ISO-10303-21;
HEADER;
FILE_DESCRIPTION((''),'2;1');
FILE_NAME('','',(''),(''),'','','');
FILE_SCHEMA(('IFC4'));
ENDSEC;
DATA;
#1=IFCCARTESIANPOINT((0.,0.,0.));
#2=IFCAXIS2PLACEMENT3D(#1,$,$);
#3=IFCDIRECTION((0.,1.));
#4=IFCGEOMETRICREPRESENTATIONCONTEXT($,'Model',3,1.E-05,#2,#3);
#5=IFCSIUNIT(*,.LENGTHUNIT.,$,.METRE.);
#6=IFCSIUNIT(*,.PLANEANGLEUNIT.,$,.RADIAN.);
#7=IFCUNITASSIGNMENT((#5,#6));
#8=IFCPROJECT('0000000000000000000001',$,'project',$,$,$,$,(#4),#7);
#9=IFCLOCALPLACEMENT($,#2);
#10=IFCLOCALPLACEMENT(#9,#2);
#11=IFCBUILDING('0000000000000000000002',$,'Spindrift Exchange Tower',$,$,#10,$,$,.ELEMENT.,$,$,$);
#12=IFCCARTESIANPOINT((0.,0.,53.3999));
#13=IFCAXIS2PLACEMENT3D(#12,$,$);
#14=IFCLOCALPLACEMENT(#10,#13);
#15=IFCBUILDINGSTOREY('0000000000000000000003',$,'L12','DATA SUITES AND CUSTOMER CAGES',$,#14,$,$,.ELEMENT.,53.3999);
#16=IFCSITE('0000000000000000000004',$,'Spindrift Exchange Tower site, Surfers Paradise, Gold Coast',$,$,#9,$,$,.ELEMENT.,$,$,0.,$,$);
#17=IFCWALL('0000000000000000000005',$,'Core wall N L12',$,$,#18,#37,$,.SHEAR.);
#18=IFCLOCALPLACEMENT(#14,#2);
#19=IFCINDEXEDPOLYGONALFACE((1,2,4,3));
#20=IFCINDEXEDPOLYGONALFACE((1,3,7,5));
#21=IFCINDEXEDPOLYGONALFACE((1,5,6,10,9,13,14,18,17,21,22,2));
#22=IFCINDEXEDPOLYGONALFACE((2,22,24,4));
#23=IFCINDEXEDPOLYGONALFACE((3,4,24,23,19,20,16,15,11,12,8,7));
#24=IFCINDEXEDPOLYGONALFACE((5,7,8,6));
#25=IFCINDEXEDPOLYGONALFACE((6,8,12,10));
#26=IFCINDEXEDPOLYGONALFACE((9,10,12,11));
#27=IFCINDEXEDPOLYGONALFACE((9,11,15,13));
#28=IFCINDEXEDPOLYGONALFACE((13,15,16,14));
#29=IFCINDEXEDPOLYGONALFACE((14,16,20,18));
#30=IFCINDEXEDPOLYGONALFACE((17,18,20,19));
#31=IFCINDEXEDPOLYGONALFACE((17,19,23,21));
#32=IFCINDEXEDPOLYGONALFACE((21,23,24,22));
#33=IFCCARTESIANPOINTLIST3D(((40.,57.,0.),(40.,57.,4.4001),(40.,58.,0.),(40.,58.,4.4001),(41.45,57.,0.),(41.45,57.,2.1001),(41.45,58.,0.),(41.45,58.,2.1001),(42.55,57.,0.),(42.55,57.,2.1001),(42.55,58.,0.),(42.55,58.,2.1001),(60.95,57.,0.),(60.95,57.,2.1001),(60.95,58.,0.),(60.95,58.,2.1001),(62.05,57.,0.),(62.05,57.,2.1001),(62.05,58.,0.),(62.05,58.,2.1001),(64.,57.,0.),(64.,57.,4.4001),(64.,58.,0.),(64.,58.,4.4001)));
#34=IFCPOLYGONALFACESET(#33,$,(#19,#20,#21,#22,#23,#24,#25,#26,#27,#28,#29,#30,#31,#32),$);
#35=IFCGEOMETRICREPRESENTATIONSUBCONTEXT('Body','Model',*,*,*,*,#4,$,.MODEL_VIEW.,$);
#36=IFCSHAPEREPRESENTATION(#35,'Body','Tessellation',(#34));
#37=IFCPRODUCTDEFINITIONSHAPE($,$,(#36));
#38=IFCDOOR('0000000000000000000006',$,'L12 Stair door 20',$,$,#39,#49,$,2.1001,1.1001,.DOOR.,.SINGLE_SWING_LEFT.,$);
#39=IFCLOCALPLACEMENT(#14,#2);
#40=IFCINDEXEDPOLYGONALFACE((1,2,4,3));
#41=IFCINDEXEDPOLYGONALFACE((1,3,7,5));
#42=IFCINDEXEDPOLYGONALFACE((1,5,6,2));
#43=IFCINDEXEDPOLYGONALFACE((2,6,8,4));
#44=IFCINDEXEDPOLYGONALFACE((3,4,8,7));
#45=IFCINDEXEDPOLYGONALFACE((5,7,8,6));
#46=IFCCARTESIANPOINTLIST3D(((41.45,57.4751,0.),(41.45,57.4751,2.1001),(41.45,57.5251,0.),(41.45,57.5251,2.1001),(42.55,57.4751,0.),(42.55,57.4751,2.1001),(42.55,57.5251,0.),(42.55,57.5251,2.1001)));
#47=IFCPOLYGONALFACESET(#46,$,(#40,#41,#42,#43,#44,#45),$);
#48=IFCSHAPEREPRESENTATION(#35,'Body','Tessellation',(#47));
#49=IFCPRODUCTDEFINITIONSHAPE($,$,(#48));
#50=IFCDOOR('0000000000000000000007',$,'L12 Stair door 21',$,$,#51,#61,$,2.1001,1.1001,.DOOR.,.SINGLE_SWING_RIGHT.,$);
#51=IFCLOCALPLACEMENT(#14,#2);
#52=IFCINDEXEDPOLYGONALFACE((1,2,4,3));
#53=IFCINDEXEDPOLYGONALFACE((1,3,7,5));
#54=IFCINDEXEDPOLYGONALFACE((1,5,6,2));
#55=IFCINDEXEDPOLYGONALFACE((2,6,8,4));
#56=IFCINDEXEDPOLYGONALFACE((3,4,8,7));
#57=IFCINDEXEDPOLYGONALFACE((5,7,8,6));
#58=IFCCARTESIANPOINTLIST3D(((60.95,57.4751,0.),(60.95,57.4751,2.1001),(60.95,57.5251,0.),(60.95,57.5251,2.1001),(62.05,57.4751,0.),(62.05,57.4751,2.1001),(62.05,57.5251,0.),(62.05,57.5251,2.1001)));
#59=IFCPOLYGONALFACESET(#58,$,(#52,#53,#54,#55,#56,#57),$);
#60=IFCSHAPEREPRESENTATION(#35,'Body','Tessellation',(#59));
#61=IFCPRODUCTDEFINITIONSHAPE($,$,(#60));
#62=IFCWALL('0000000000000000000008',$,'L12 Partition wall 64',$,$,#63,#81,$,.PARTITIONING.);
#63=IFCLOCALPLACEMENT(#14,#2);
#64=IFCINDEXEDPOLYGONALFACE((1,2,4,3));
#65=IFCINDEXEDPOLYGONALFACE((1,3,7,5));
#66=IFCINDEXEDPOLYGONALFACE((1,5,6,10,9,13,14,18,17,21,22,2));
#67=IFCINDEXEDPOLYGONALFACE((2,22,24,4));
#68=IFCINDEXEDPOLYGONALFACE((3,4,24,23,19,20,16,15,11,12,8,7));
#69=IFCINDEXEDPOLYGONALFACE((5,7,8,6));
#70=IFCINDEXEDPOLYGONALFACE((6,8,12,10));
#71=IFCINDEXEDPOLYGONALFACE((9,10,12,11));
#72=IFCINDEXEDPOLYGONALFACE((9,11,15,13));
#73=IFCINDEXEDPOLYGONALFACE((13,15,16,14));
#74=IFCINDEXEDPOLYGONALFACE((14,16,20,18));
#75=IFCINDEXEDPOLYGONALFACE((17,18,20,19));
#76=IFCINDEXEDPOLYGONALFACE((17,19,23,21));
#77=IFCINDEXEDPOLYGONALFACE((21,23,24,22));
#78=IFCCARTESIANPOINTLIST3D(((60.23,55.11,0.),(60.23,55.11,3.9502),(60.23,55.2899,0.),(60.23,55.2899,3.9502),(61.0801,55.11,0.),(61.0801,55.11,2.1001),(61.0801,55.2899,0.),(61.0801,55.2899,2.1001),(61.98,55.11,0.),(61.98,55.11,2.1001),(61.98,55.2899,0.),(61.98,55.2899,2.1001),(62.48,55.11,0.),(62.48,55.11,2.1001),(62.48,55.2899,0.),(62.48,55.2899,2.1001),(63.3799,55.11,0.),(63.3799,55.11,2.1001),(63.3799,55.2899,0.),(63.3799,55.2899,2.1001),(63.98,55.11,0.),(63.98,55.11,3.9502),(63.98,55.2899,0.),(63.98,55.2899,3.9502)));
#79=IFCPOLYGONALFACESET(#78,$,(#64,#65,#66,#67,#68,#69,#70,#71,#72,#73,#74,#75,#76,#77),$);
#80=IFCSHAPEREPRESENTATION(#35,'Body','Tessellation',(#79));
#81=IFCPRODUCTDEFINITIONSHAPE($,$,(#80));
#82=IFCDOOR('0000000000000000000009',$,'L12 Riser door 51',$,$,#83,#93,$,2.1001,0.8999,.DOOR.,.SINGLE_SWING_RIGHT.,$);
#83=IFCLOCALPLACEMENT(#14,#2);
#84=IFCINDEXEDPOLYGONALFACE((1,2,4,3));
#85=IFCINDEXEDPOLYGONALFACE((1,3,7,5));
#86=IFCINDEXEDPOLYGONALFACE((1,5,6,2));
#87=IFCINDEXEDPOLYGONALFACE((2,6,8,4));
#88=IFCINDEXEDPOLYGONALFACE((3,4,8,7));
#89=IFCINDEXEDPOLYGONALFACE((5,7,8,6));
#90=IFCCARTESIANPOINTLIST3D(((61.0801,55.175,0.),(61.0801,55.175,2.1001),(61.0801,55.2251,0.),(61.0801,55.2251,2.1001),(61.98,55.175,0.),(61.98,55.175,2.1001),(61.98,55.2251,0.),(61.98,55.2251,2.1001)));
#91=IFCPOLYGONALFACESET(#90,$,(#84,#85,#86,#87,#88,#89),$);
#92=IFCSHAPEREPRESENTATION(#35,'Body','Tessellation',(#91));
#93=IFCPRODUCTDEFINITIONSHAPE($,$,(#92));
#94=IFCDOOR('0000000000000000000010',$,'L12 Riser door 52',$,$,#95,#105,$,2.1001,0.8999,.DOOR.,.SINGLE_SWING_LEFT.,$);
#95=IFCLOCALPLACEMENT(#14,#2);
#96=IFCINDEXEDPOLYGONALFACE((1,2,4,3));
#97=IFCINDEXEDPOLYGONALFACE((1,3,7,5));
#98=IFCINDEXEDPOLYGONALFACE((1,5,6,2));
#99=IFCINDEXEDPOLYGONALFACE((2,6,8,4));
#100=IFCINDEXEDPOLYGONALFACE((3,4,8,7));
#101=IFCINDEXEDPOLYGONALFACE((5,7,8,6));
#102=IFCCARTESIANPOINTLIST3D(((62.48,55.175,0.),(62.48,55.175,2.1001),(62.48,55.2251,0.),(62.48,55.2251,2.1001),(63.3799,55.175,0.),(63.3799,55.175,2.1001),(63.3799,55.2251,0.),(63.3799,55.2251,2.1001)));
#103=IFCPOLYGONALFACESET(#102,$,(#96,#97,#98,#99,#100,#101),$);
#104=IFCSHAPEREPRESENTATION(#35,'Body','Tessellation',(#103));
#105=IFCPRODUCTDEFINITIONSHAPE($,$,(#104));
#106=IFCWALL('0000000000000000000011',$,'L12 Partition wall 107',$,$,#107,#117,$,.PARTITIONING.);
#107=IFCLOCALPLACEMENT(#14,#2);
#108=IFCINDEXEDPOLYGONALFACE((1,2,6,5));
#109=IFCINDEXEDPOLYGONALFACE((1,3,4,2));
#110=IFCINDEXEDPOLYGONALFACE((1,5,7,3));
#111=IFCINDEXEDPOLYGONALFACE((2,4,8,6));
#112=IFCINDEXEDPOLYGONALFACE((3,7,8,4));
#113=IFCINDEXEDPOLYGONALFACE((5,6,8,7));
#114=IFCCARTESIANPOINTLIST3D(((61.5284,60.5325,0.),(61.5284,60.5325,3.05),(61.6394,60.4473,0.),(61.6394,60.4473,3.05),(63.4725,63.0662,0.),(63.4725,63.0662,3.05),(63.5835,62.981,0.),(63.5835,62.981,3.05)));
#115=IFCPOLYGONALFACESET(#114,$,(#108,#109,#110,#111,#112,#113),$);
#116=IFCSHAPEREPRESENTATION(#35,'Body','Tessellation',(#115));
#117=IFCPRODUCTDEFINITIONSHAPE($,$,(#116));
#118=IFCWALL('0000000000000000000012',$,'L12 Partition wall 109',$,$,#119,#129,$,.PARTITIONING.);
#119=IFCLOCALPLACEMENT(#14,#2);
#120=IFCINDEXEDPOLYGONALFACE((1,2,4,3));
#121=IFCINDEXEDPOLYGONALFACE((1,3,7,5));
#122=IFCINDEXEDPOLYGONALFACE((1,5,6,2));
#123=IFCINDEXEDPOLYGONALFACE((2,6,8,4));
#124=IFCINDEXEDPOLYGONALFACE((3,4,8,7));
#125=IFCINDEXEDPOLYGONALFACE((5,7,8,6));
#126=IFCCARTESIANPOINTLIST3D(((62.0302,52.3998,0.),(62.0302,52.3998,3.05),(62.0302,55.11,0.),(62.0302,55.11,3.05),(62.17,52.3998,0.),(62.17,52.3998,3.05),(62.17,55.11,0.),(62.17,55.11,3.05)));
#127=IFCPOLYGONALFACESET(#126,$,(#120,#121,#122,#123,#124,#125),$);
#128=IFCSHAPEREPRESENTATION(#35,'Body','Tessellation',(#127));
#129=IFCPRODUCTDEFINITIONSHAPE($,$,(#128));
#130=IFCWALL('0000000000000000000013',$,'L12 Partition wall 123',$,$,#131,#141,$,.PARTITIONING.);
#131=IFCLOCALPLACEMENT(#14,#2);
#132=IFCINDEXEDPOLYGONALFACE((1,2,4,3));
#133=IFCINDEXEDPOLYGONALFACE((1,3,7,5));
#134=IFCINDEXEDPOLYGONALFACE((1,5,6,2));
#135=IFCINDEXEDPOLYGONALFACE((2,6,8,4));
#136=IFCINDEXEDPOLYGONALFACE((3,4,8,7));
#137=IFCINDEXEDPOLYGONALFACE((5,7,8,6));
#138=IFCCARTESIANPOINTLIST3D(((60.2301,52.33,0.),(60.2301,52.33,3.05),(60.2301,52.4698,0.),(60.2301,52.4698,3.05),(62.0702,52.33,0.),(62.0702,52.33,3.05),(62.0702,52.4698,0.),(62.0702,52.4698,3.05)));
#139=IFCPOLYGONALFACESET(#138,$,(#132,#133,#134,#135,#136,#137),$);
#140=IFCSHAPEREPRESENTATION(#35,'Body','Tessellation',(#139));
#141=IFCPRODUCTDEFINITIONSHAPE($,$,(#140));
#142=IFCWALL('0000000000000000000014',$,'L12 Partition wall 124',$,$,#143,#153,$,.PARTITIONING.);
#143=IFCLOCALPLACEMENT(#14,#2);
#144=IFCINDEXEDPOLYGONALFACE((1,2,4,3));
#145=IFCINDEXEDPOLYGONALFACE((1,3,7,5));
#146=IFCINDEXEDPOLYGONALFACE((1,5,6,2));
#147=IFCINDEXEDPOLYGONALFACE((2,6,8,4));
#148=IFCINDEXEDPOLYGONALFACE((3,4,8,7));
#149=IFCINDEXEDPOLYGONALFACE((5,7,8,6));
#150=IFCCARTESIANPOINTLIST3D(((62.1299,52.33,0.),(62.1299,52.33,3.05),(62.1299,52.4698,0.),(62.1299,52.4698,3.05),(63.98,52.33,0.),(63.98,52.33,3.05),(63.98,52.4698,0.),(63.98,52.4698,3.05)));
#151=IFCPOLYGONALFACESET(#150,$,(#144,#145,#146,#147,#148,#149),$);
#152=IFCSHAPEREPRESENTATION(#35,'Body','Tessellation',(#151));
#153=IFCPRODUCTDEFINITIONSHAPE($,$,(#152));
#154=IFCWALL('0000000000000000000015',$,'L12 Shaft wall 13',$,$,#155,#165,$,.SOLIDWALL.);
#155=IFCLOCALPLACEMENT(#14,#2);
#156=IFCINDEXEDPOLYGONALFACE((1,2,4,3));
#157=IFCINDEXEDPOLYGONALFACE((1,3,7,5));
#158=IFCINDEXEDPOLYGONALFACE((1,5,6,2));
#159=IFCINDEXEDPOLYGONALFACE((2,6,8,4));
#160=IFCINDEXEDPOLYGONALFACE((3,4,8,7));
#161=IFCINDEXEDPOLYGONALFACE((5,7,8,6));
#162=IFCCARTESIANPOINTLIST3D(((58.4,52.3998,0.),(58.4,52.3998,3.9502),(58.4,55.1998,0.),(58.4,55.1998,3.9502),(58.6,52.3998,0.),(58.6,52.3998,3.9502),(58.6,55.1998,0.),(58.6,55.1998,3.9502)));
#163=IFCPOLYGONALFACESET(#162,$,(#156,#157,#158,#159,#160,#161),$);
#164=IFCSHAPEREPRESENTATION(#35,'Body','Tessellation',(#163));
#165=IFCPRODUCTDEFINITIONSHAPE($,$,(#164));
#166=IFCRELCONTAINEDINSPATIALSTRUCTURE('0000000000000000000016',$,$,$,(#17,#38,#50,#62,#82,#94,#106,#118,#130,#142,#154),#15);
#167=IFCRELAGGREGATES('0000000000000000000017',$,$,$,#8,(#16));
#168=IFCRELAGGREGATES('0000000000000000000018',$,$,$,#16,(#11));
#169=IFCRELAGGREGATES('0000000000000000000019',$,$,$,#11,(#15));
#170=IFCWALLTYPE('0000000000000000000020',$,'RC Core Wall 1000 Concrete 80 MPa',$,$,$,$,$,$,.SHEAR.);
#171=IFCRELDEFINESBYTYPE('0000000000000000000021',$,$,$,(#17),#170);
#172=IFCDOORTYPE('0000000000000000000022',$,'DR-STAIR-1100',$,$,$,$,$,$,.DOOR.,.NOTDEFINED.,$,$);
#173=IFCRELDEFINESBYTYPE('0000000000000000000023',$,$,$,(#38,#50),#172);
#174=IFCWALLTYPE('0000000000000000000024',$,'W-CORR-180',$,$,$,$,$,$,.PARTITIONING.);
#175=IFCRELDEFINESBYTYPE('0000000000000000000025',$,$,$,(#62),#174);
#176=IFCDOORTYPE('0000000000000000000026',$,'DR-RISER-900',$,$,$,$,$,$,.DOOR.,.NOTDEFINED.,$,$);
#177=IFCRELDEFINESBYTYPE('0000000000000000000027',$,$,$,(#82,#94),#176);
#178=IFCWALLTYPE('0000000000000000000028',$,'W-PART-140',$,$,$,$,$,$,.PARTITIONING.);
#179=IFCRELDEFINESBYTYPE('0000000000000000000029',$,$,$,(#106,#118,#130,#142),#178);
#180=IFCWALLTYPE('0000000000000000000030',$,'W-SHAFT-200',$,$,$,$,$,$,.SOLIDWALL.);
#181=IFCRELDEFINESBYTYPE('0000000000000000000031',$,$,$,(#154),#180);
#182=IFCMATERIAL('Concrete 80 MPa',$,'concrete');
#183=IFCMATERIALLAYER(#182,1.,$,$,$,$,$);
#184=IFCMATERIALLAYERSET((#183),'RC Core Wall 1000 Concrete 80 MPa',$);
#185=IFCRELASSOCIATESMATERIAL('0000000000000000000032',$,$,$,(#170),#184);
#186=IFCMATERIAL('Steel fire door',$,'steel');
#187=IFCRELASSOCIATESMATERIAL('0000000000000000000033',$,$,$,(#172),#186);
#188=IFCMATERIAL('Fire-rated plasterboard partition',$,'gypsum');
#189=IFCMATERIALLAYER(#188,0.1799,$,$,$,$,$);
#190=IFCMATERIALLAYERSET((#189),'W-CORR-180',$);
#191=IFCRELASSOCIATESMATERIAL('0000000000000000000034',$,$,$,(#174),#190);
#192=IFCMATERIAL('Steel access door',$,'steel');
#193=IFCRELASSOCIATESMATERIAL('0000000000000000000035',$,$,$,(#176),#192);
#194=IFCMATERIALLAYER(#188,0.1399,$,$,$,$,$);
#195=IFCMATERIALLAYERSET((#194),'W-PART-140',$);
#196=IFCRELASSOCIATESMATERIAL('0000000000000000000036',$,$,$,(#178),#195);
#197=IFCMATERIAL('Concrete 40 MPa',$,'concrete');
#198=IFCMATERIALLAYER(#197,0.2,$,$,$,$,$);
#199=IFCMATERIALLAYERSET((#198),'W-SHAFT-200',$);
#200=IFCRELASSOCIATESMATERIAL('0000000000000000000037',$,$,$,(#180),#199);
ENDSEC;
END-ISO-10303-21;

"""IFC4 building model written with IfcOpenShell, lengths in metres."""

from ifc_helpers import new_model, si_unit, direction, frame, frame_2d, origin, place, context, subcontext, project, spatial, rectangle, extrude, source, transform, mapped, material, layer, layer_set, type_object, element, fill, save


model = new_model("IFC4")

# Units and contexts
model_context = context("Model", 3, precision=1e-05, world=origin(), true_north=direction((0.0, 1.0)))
body_context = subcontext(model_context, "Body", "Model", "MODEL_VIEW")
ifc_project = project(units=[si_unit("LENGTHUNIT", "METRE"), si_unit("PLANEANGLEUNIT", "RADIAN")], contexts=[model_context])

# Site, building, storey
site_placement = place(None, origin())
site = spatial("IfcSite", under=ifc_project, at=site_placement, Name="Spindrift Exchange Tower site, Surfers Paradise, Gold Coast", CompositionType="ELEMENT", RefElevation=0.0)
building_placement = place(site_placement, origin())
building = spatial("IfcBuilding", under=site, at=building_placement, Name="Spindrift Exchange Tower", CompositionType="ELEMENT")
storey_placement = place(building_placement, frame((0.0, 0.0, 53.3999)))
storey = spatial("IfcBuildingStorey", under=building, at=storey_placement, Name="L12", Description="DATA SUITES AND CUSTOMER CAGES", CompositionType="ELEMENT", Elevation=53.3999)

# Walls, openings, doors
ifc_material_1 = material(Name="Concrete 80 MPa", Category="concrete")
ifc_layer_1 = layer(ifc_material_1, 1.0)
ifc_layer_set_1 = layer_set([ifc_layer_1], Name="RC Core Wall 1000 Concrete 80 MPa")
wall_type_1 = type_object("IfcWallType", Name="RC Core Wall 1000 Concrete 80 MPa", PredefinedType="SHEAR", material=ifc_layer_set_1)
wall_1_placement = place(storey_placement, frame((64.0, 57.5, 0.0), z_axis=(0.0, 0.0, 1.0), x_axis=(-1.0, 0.0, 0.0)))
wall_1 = element("IfcWall", 1, at=wall_1_placement, inside=storey, type_object=wall_type_1, Name="Core wall N L12", PredefinedType="SHEAR", context=body_context, shape_type="SweptSolid", body=[
    extrude(rectangle(XDim=24.0, YDim=1.0, at=frame_2d((12.0, 0.0))), origin(), (0.0, 0.0, 1.0), 4.4001),
])
opening_1_placement = place(wall_1_placement, frame((21.45, 0.0, 0.0)))
opening_1 = element("IfcOpeningElement", 2, at=opening_1_placement, cuts=wall_1, PredefinedType="OPENING", context=body_context, shape_type="SweptSolid", body=[
    extrude(rectangle(XDim=1.1001, YDim=2.1001, at=frame_2d((0.55, 1.05))), frame((0.0, 0.51, 0.0), z_axis=(0.0, -1.0, 0.0), x_axis=(1.0, 0.0, 0.0)), (0.0, 0.0, 1.0), 1.02),
])
opening_2_placement = place(wall_1_placement, frame((1.95, 0.0, 0.0)))
opening_2 = element("IfcOpeningElement", 3, at=opening_2_placement, cuts=wall_1, PredefinedType="OPENING", context=body_context, shape_type="SweptSolid", body=[
    extrude(rectangle(XDim=1.1001, YDim=2.1001, at=frame_2d((0.55, 1.05))), frame((0.0, 0.51, 0.0), z_axis=(0.0, -1.0, 0.0), x_axis=(1.0, 0.0, 0.0)), (0.0, 0.0, 1.0), 1.02),
])
ifc_material_2 = material(Name="Steel fire door", Category="steel")
door_type_1 = type_object("IfcDoorType", Name="DR-STAIR-1100", OperationType="NOTDEFINED", PredefinedType="DOOR", material=ifc_material_2)
shared_shape_1 = source(origin(), body_context, "Body", "SweptSolid", [
    extrude(rectangle(XDim=1.1001, YDim=2.1001, at=frame_2d((0.55, 1.05))), frame((0.0, 0.0249, 0.0), z_axis=(0.0, -1.0, 0.0), x_axis=(1.0, 0.0, 0.0)), (0.0, 0.0, 1.0), 0.05),
])
door_1_placement = place(opening_1_placement, origin())
door_1 = element("IfcDoor", 4, at=door_1_placement, inside=storey, type_object=door_type_1, Name="L12 Stair door 20", OperationType="SINGLE_SWING_LEFT", OverallHeight=2.1001, OverallWidth=1.1001, PredefinedType="DOOR", context=body_context, shape_type="MappedRepresentation", body=[
    mapped(shared_shape_1, transform((0.0, 0.0, 0.0), scale=1.0)),
])
fill(opening_1, door_1)
door_2_placement = place(opening_2_placement, origin())
door_2 = element("IfcDoor", 5, at=door_2_placement, inside=storey, type_object=door_type_1, Name="L12 Stair door 21", OperationType="SINGLE_SWING_RIGHT", OverallHeight=2.1001, OverallWidth=1.1001, PredefinedType="DOOR", context=body_context, shape_type="MappedRepresentation", body=[
    mapped(shared_shape_1, transform((0.0, 0.0, 0.0), scale=1.0)),
])
fill(opening_2, door_2)
ifc_material_3 = material(Name="Fire-rated plasterboard partition", Category="gypsum")
ifc_layer_2 = layer(ifc_material_3, 0.1799)
ifc_layer_set_2 = layer_set([ifc_layer_2], Name="W-CORR-180")
wall_type_2 = type_object("IfcWallType", Name="W-CORR-180", PredefinedType="PARTITIONING", material=ifc_layer_set_2)
wall_2_placement = place(storey_placement, frame((63.98, 55.2, 0.0), z_axis=(0.0, 0.0, 1.0), x_axis=(-1.0, 0.0, 0.0)))
wall_2 = element("IfcWall", 6, at=wall_2_placement, inside=storey, type_object=wall_type_2, Name="L12 Partition wall 64", PredefinedType="PARTITIONING", context=body_context, shape_type="SweptSolid", body=[
    extrude(rectangle(XDim=3.75, YDim=0.1799, at=frame_2d((1.875, 0.0))), origin(), (0.0, 0.0, 1.0), 3.9502),
])
opening_3_placement = place(wall_2_placement, frame((2.0, 0.0, 0.0)))
opening_3 = element("IfcOpeningElement", 7, at=opening_3_placement, cuts=wall_2, PredefinedType="OPENING", context=body_context, shape_type="SweptSolid", body=[
    extrude(rectangle(XDim=0.8999, YDim=2.1001, at=frame_2d((0.45, 1.05))), frame((0.0, 0.0999, 0.0), z_axis=(0.0, -1.0, 0.0), x_axis=(1.0, 0.0, 0.0)), (0.0, 0.0, 1.0), 0.2),
])
opening_4_placement = place(wall_2_placement, frame((0.6001, 0.0, 0.0)))
opening_4 = element("IfcOpeningElement", 8, at=opening_4_placement, cuts=wall_2, PredefinedType="OPENING", context=body_context, shape_type="SweptSolid", body=[
    extrude(rectangle(XDim=0.8999, YDim=2.1001, at=frame_2d((0.45, 1.05))), frame((0.0, 0.0999, 0.0), z_axis=(0.0, -1.0, 0.0), x_axis=(1.0, 0.0, 0.0)), (0.0, 0.0, 1.0), 0.2),
])
ifc_material_4 = material(Name="Steel access door", Category="steel")
door_type_2 = type_object("IfcDoorType", Name="DR-RISER-900", OperationType="NOTDEFINED", PredefinedType="DOOR", material=ifc_material_4)
shared_shape_2 = source(origin(), body_context, "Body", "SweptSolid", [
    extrude(rectangle(XDim=0.8999, YDim=2.1001, at=frame_2d((0.45, 1.05))), frame((0.0, 0.0249, 0.0), z_axis=(0.0, -1.0, 0.0), x_axis=(1.0, 0.0, 0.0)), (0.0, 0.0, 1.0), 0.05),
])
door_3_placement = place(opening_3_placement, origin())
door_3 = element("IfcDoor", 9, at=door_3_placement, inside=storey, type_object=door_type_2, Name="L12 Riser door 51", OperationType="SINGLE_SWING_RIGHT", OverallHeight=2.1001, OverallWidth=0.8999, PredefinedType="DOOR", context=body_context, shape_type="MappedRepresentation", body=[
    mapped(shared_shape_2, transform((0.0, 0.0, 0.0), scale=1.0)),
])
fill(opening_3, door_3)
door_4_placement = place(opening_4_placement, origin())
door_4 = element("IfcDoor", 10, at=door_4_placement, inside=storey, type_object=door_type_2, Name="L12 Riser door 52", OperationType="SINGLE_SWING_LEFT", OverallHeight=2.1001, OverallWidth=0.8999, PredefinedType="DOOR", context=body_context, shape_type="MappedRepresentation", body=[
    mapped(shared_shape_2, transform((0.0, 0.0, 0.0), scale=1.0)),
])
fill(opening_4, door_4)

# Walls
ifc_layer_3 = layer(ifc_material_3, 0.1399)
ifc_layer_set_3 = layer_set([ifc_layer_3], Name="W-PART-140")
wall_type_3 = type_object("IfcWallType", Name="W-PART-140", PredefinedType="PARTITIONING", material=ifc_layer_set_3)
wall_3_placement = place(storey_placement, frame((61.584, 60.49, 0.0), z_axis=(0.0, 0.0, 1.0), x_axis=(0.608746, 0.793365, 0.0)))
element("IfcWall", 11, at=wall_3_placement, inside=storey, type_object=wall_type_3, Name="L12 Partition wall 107", PredefinedType="PARTITIONING", context=body_context, shape_type="SweptSolid", body=[
    extrude(rectangle(XDim=3.1936, YDim=0.1399, at=frame_2d((1.5967, 0.0))), origin(), (0.0, 0.0, 1.0), 3.05),
])
wall_4_placement = place(storey_placement, frame((62.1001, 52.3999, 0.0), z_axis=(0.0, 0.0, 1.0), x_axis=(0.0, 1.0, 0.0)))
element("IfcWall", 12, at=wall_4_placement, inside=storey, type_object=wall_type_3, Name="L12 Partition wall 109", PredefinedType="PARTITIONING", context=body_context, shape_type="SweptSolid", body=[
    extrude(rectangle(XDim=2.7102, YDim=0.1399, at=frame_2d((1.355, 0.0))), origin(), (0.0, 0.0, 1.0), 3.05),
])
wall_5_placement = place(storey_placement, frame((62.0701, 52.3999, 0.0), z_axis=(0.0, 0.0, 1.0), x_axis=(-1.0, 0.0, 0.0)))
element("IfcWall", 13, at=wall_5_placement, inside=storey, type_object=wall_type_3, Name="L12 Partition wall 123", PredefinedType="PARTITIONING", context=body_context, shape_type="SweptSolid", body=[
    extrude(rectangle(XDim=1.8401, YDim=0.1399, at=frame_2d((0.9199, 0.0))), origin(), (0.0, 0.0, 1.0), 3.05),
])
wall_6_placement = place(storey_placement, frame((63.98, 52.3999, 0.0), z_axis=(0.0, 0.0, 1.0), x_axis=(-1.0, 0.0, 0.0)))
element("IfcWall", 14, at=wall_6_placement, inside=storey, type_object=wall_type_3, Name="L12 Partition wall 124", PredefinedType="PARTITIONING", context=body_context, shape_type="SweptSolid", body=[
    extrude(rectangle(XDim=1.8501, YDim=0.1399, at=frame_2d((0.925, 0.0))), origin(), (0.0, 0.0, 1.0), 3.05),
])
ifc_material_5 = material(Name="Concrete 40 MPa", Category="concrete")
ifc_layer_4 = layer(ifc_material_5, 0.2)
ifc_layer_set_4 = layer_set([ifc_layer_4], Name="W-SHAFT-200")
wall_type_4 = type_object("IfcWallType", Name="W-SHAFT-200", PredefinedType="SOLIDWALL", material=ifc_layer_set_4)
for number, where, z_axis, x_axis, name in (
    (15, (58.5, 52.3999, 0.0), (0.0, 0.0, 1.0), (0.0, 1.0, 0.0), "L12 Shaft wall 13"),
):
    element("IfcWall", number, at=place(storey_placement, frame(where, z_axis=z_axis, x_axis=x_axis)), inside=storey, type_object=wall_type_4, Name=name, PredefinedType="SOLIDWALL", context=body_context, shape_type="SweptSolid", body=[
        extrude(rectangle(XDim=2.8, YDim=0.2, at=frame_2d((1.3999, 0.0))), origin(), (0.0, 0.0, 1.0), 3.9502),
    ])

save(model, "model.ifc")
